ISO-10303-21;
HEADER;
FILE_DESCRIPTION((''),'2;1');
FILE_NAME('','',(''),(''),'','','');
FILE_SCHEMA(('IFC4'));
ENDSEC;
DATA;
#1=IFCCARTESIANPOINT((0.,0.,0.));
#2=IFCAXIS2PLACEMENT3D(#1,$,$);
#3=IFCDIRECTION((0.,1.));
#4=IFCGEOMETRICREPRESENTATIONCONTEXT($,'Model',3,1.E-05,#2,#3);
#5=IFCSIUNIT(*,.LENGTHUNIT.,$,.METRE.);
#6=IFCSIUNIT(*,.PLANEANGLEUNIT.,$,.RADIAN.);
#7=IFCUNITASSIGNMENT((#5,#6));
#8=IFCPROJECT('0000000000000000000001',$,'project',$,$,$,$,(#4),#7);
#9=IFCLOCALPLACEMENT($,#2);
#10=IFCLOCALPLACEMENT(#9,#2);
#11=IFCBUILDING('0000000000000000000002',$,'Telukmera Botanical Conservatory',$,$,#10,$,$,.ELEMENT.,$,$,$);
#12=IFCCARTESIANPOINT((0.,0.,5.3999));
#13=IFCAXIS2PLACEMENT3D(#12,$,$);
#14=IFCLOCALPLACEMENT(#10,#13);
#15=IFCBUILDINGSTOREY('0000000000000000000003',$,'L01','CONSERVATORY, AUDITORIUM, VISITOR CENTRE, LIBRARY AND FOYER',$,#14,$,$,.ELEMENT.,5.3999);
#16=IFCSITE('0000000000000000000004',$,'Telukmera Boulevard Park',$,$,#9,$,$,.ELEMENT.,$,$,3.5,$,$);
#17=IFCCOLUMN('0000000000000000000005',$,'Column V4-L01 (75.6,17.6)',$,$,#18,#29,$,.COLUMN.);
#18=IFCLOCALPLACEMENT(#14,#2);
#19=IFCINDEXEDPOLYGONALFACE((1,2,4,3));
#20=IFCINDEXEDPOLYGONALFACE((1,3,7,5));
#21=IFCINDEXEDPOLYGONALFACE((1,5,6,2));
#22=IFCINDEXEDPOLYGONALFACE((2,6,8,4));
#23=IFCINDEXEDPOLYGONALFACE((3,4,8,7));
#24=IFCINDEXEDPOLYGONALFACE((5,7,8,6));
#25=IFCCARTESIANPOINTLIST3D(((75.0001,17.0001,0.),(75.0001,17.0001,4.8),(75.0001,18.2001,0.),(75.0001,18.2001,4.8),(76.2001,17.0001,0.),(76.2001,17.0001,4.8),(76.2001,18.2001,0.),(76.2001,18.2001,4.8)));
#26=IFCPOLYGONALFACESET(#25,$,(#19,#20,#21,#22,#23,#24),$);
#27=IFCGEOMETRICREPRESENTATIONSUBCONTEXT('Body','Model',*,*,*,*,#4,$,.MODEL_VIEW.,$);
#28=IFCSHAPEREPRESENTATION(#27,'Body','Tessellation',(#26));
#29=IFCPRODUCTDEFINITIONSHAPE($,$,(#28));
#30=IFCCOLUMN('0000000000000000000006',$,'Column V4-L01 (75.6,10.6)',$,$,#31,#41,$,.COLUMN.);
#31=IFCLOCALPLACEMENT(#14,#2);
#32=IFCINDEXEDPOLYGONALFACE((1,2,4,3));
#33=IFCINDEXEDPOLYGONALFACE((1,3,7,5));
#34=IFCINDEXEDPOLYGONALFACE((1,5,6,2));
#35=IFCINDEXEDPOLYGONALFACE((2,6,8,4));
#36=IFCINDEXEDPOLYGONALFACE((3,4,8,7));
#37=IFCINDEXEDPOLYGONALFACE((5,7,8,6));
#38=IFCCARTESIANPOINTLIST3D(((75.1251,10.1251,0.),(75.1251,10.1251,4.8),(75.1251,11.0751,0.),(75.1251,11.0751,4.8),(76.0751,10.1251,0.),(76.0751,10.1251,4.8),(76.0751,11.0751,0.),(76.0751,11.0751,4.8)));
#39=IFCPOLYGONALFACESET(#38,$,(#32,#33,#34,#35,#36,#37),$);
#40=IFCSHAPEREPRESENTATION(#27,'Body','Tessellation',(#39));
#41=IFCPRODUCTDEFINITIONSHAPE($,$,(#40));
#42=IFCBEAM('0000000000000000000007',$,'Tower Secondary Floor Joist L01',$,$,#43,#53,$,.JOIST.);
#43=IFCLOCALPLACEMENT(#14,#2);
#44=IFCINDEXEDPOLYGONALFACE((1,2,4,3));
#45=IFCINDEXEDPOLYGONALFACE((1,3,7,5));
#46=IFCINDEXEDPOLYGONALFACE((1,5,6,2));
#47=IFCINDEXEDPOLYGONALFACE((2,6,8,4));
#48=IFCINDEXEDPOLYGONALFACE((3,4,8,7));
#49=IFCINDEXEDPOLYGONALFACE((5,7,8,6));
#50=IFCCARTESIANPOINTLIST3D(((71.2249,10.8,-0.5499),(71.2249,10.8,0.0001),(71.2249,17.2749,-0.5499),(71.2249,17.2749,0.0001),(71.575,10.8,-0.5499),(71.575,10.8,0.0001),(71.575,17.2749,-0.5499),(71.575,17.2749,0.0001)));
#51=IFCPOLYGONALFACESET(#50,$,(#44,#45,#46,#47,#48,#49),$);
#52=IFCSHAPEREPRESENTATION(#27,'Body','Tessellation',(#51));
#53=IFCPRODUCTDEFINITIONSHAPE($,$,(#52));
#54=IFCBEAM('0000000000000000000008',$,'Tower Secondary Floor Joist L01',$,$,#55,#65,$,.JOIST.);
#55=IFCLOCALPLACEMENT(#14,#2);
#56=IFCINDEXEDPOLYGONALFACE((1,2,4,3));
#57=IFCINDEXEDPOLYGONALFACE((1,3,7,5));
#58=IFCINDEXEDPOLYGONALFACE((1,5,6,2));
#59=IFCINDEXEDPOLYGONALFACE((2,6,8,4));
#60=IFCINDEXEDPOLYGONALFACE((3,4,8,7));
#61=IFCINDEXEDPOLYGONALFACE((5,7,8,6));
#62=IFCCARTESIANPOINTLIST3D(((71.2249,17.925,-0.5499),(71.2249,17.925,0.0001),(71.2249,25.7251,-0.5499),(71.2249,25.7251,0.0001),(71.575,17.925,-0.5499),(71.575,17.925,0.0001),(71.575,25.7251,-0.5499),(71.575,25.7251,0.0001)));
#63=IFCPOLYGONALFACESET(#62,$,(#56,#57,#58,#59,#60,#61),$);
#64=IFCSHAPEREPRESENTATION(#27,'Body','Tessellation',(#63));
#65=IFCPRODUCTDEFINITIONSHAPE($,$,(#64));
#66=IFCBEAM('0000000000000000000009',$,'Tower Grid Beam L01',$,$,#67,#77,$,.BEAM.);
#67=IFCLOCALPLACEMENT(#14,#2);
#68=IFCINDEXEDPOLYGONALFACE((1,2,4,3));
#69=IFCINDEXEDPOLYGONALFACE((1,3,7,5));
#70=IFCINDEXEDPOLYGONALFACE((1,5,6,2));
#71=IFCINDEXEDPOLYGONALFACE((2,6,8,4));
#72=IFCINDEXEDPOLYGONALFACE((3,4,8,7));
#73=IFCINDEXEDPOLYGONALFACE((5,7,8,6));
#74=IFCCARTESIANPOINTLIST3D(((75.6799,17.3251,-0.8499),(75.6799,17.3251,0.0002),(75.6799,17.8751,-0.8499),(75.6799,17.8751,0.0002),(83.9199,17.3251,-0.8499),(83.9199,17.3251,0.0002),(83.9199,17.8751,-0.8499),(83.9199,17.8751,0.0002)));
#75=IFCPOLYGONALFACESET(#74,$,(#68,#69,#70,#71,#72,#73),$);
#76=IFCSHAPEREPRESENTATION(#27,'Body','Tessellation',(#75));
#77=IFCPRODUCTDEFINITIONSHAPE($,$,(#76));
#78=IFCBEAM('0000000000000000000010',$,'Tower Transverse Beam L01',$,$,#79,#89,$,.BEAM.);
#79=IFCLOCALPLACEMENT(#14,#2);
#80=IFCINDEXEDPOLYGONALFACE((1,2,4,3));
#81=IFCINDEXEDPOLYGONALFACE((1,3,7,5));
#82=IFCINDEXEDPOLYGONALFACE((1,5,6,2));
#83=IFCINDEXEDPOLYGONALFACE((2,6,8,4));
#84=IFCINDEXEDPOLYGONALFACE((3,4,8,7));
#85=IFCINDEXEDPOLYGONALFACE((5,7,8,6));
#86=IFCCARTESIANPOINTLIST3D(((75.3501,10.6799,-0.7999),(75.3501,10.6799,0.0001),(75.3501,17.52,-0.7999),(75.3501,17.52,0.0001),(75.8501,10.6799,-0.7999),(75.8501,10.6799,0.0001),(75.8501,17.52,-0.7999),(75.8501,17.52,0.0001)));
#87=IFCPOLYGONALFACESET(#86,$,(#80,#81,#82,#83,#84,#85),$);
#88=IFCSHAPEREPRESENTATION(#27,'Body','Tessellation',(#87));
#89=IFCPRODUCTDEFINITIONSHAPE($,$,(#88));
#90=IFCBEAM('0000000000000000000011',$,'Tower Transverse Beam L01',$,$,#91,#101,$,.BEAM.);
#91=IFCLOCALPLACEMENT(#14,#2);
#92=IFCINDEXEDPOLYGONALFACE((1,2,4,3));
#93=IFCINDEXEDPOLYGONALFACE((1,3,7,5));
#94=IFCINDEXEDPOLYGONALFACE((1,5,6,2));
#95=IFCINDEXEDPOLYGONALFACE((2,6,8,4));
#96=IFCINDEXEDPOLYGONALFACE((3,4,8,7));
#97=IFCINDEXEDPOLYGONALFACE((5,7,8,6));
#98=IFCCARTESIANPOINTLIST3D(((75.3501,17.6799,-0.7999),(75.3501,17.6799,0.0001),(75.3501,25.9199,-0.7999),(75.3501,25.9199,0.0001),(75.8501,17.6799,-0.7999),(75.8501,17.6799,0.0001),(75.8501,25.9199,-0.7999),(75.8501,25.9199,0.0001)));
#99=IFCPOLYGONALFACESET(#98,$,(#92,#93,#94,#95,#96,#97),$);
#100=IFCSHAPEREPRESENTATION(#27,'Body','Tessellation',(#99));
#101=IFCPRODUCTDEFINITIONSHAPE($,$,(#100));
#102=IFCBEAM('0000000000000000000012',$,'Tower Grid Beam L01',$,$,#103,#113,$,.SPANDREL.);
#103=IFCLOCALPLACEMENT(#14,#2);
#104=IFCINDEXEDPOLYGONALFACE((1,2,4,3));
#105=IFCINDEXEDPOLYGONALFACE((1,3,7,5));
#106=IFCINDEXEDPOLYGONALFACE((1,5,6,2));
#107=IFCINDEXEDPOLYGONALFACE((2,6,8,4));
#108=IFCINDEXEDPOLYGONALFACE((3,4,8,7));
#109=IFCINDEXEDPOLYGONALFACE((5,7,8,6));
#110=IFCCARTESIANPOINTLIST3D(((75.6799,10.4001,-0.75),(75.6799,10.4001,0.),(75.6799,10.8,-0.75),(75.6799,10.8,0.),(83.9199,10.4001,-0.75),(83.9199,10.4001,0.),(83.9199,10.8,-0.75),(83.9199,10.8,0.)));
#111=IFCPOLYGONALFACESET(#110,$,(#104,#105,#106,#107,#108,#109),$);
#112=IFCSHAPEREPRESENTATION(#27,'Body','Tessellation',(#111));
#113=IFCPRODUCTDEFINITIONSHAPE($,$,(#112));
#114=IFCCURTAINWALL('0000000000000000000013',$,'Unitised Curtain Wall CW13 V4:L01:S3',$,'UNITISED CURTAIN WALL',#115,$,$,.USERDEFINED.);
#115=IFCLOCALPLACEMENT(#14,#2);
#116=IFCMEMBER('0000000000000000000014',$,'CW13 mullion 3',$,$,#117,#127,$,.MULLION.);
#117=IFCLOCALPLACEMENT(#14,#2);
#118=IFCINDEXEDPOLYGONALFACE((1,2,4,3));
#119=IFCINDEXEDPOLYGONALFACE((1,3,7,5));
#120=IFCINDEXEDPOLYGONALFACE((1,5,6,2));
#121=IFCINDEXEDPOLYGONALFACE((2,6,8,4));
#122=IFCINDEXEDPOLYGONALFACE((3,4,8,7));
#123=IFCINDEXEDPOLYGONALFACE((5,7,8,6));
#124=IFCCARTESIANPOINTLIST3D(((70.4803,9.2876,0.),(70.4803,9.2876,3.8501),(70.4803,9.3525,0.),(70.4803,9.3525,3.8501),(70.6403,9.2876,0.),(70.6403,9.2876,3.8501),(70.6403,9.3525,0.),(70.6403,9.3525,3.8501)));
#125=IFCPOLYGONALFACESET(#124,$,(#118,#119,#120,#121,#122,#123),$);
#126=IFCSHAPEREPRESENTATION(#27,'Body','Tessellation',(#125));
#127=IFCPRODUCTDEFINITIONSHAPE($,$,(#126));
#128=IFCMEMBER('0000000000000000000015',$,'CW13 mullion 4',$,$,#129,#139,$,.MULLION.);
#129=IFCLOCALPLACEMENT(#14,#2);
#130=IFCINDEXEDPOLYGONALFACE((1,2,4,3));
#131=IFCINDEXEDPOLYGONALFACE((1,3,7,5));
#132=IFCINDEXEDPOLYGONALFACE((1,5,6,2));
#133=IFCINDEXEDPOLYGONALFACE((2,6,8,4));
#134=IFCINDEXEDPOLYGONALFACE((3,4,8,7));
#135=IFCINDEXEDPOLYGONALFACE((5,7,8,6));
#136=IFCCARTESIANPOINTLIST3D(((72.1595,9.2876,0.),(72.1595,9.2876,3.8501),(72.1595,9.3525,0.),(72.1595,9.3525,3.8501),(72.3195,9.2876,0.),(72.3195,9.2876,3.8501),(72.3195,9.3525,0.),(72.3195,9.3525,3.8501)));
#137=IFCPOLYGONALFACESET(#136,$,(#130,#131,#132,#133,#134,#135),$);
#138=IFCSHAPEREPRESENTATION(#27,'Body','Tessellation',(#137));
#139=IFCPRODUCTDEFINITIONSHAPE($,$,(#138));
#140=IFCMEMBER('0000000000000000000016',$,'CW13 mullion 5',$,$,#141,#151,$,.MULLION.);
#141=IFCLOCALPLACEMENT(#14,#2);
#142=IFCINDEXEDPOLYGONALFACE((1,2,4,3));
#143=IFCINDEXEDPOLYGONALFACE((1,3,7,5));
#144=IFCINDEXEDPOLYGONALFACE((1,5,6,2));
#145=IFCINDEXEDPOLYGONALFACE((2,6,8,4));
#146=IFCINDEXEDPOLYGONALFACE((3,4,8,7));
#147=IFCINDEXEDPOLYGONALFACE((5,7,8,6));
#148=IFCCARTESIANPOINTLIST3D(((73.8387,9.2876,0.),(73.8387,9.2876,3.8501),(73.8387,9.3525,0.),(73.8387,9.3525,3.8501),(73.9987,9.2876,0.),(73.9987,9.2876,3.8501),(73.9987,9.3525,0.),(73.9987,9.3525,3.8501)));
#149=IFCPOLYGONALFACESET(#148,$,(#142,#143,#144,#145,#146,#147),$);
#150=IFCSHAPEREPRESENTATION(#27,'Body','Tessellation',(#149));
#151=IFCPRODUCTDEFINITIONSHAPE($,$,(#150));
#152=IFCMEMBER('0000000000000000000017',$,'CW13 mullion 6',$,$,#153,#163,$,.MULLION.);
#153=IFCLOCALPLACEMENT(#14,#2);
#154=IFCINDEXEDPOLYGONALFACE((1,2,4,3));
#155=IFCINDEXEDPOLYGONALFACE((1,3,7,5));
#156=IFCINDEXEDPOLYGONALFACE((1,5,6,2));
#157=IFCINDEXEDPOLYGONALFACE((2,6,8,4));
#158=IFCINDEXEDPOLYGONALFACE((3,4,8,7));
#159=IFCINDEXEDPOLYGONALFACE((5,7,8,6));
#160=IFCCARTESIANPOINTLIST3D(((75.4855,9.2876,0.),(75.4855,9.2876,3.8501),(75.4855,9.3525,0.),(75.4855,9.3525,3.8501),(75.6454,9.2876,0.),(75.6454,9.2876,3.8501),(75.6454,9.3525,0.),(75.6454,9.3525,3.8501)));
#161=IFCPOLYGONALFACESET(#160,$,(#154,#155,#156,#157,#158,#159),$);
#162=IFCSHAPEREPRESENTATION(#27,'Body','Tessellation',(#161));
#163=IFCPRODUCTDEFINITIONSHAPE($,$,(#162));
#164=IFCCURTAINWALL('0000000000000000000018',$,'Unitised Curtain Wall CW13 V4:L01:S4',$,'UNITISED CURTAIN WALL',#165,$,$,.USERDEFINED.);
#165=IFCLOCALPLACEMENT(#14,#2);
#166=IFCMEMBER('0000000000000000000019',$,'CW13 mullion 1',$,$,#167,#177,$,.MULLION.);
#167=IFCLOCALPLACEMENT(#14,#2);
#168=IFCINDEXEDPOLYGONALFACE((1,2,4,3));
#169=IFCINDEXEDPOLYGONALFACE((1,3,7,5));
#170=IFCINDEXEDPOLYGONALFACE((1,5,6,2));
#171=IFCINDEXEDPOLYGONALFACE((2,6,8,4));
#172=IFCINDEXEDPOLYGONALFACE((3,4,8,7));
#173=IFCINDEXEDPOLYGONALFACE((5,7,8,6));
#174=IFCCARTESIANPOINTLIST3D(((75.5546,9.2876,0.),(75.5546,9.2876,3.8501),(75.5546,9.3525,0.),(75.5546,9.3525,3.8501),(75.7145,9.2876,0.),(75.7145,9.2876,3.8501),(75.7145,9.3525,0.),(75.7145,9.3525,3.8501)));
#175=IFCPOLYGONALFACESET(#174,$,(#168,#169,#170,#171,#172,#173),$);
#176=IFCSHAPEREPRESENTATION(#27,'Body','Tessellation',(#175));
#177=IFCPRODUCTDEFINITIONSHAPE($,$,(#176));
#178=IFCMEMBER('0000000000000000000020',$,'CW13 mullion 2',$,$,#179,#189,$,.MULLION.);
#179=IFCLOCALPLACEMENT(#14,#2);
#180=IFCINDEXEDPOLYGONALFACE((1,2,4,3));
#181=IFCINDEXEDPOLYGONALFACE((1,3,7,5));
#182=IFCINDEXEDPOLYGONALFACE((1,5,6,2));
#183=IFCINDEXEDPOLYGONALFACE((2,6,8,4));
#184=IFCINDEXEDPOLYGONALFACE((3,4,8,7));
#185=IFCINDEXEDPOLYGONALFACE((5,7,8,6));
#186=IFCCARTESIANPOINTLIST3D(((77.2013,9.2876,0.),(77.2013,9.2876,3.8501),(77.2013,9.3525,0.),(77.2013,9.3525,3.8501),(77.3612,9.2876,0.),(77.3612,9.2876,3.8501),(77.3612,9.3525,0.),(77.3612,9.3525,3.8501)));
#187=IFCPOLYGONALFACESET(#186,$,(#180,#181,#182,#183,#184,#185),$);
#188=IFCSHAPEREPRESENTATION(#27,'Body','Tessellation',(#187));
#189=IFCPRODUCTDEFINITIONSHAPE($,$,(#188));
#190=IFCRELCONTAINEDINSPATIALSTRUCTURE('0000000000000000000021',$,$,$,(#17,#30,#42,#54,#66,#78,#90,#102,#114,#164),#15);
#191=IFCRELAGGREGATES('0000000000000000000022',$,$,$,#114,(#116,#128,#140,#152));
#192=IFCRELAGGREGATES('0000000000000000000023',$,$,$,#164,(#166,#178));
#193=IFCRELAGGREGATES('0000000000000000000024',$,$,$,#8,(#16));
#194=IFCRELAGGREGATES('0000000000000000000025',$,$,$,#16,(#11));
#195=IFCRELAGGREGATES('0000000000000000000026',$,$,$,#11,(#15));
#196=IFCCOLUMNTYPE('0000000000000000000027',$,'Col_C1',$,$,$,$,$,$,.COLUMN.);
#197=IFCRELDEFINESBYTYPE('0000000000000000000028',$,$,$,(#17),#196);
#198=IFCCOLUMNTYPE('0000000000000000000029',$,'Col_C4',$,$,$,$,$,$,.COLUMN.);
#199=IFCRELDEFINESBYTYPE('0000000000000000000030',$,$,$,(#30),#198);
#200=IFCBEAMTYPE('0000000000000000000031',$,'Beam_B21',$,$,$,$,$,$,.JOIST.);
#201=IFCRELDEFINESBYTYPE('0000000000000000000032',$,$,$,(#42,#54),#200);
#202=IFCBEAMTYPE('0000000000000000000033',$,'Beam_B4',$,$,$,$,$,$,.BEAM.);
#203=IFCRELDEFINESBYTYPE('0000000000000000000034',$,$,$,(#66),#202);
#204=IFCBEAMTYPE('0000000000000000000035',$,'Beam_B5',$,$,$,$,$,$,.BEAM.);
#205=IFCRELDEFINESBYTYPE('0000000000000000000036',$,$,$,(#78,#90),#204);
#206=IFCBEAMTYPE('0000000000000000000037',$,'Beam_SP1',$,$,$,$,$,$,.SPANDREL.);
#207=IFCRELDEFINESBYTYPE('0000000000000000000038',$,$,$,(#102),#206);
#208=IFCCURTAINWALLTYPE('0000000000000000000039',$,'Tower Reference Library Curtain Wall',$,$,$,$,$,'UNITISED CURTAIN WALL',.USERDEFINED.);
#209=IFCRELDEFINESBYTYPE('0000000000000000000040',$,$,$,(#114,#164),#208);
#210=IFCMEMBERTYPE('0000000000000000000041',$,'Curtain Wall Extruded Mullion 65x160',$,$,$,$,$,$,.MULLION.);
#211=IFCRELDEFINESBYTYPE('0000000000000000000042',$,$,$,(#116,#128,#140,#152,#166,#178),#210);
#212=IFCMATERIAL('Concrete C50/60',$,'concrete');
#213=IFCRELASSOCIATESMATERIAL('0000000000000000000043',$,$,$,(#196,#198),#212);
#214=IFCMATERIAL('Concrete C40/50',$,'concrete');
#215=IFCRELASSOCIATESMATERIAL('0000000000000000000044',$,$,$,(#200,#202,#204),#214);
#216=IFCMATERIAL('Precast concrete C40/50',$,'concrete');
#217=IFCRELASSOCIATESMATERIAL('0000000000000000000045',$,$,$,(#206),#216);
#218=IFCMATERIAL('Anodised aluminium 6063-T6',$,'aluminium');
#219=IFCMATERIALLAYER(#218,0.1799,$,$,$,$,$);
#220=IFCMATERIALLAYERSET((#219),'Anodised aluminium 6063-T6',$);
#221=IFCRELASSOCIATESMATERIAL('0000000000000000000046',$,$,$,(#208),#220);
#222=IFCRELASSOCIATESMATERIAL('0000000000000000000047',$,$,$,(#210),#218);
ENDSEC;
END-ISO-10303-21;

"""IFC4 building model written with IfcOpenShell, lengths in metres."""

from ifc_helpers import new_model, si_unit, direction, frame, origin, origin_2d, place, context, subcontext, project, spatial, rectangle, extrude, material, layer, layer_set, material_profile, profile_set, type_object, element, aggregate, save


model = new_model("IFC4")

# Units and contexts
model_context = context("Model", 3, precision=1e-05, world=origin(), true_north=direction((0.0, 1.0)))
body_context = subcontext(model_context, "Body", "Model", "MODEL_VIEW")
ifc_project = project(units=[si_unit("LENGTHUNIT", "METRE"), si_unit("PLANEANGLEUNIT", "RADIAN")], contexts=[model_context])

# Site, building, storey
site_placement = place(None, origin())
site = spatial("IfcSite", under=ifc_project, at=site_placement, Name="Telukmera Boulevard Park", CompositionType="ELEMENT", RefElevation=3.5)
building_placement = place(site_placement, origin())
building = spatial("IfcBuilding", under=site, at=building_placement, Name="Telukmera Botanical Conservatory", CompositionType="ELEMENT")
storey_placement = place(building_placement, frame((0.0, 0.0, 5.3999)))
storey = spatial("IfcBuildingStorey", under=building, at=storey_placement, Name="L01", Description="CONSERVATORY, AUDITORIUM, VISITOR CENTRE, LIBRARY AND FOYER", CompositionType="ELEMENT", Elevation=5.3999)

# Columns
ifc_material_1 = material(Name="Concrete C50/60", Category="concrete")
ifc_material_profile_1 = material_profile(ifc_material_1, rectangle(XDim=1.2, YDim=1.2, at=origin_2d()), Name="RC 1200x1200")
ifc_profile_set_1 = profile_set([ifc_material_profile_1], Name="Concrete C50/60")
column_type_1 = type_object("IfcColumnType", Name="Col_C1", PredefinedType="COLUMN", material=ifc_profile_set_1)
column_1_placement = place(storey_placement, frame((75.6001, 17.6001, 0.0), z_axis=(0.0, 0.0, 1.0), x_axis=(1.0, 0.0, 0.0)))
element("IfcColumn", 1, at=column_1_placement, inside=storey, type_object=column_type_1, Name="Column V4-L01 (75.6,17.6)", PredefinedType="COLUMN", context=body_context, shape_type="SweptSolid", body=[
    extrude(rectangle(XDim=1.2, YDim=1.2, at=origin_2d()), origin(), (0.0, 0.0, 1.0), 4.8),
])
ifc_material_profile_2 = material_profile(ifc_material_1, rectangle(XDim=0.95, YDim=0.95, at=origin_2d()), Name="RC 950x950")
ifc_profile_set_2 = profile_set([ifc_material_profile_2], Name="Concrete C50/60")
column_type_2 = type_object("IfcColumnType", Name="Col_C4", PredefinedType="COLUMN", material=ifc_profile_set_2)
column_2_placement = place(storey_placement, frame((75.6001, 10.6001, 0.0), z_axis=(0.0, 0.0, 1.0), x_axis=(1.0, 0.0, 0.0)))
element("IfcColumn", 2, at=column_2_placement, inside=storey, type_object=column_type_2, Name="Column V4-L01 (75.6,10.6)", PredefinedType="COLUMN", context=body_context, shape_type="SweptSolid", body=[
    extrude(rectangle(XDim=0.95, YDim=0.95, at=origin_2d()), origin(), (0.0, 0.0, 1.0), 4.8),
])

# Beams
ifc_material_2 = material(Name="Concrete C40/50", Category="concrete")
ifc_material_profile_3 = material_profile(ifc_material_2, rectangle(XDim=0.3501, YDim=0.55, at=origin_2d()), Name="RC 350x550")
ifc_profile_set_3 = profile_set([ifc_material_profile_3], Name="Concrete C40/50")
beam_type_1 = type_object("IfcBeamType", Name="Beam_B21", PredefinedType="JOIST", material=ifc_profile_set_3)
beam_1_placement = place(storey_placement, frame((71.3999, 10.8, -0.2749), z_axis=(0.0, 1.0, 0.0), x_axis=(-1.0, 0.0, 0.0)))
element("IfcBeam", 3, at=beam_1_placement, inside=storey, type_object=beam_type_1, Name="Tower Secondary Floor Joist L01", PredefinedType="JOIST", context=body_context, shape_type="SweptSolid", body=[
    extrude(rectangle(XDim=0.3501, YDim=0.55, at=origin_2d()), origin(), (0.0, 0.0, 1.0), 6.4749),
])
beam_2_placement = place(storey_placement, frame((71.3999, 17.925, -0.2749), z_axis=(0.0, 1.0, 0.0), x_axis=(-1.0, 0.0, 0.0)))
element("IfcBeam", 4, at=beam_2_placement, inside=storey, type_object=beam_type_1, Name="Tower Secondary Floor Joist L01", PredefinedType="JOIST", context=body_context, shape_type="SweptSolid", body=[
    extrude(rectangle(XDim=0.3501, YDim=0.55, at=origin_2d()), origin(), (0.0, 0.0, 1.0), 7.8),
])
ifc_material_profile_4 = material_profile(ifc_material_2, rectangle(XDim=0.55, YDim=0.8501, at=origin_2d()), Name="RC 550x850")
ifc_profile_set_4 = profile_set([ifc_material_profile_4], Name="Concrete C40/50")
beam_type_2 = type_object("IfcBeamType", Name="Beam_B4", PredefinedType="BEAM", material=ifc_profile_set_4)
beam_3_placement = place(storey_placement, frame((75.6799, 17.6001, -0.4248), z_axis=(1.0, 0.0, 0.0), x_axis=(0.0, 1.0, 0.0)))
element("IfcBeam", 5, at=beam_3_placement, inside=storey, type_object=beam_type_2, Name="Tower Grid Beam L01", PredefinedType="BEAM", context=body_context, shape_type="SweptSolid", body=[
    extrude(rectangle(XDim=0.55, YDim=0.8501, at=origin_2d()), origin(), (0.0, 0.0, 1.0), 8.24),
])
ifc_material_profile_5 = material_profile(ifc_material_2, rectangle(XDim=0.5, YDim=0.8, at=origin_2d()), Name="RC 500x800")
ifc_profile_set_5 = profile_set([ifc_material_profile_5], Name="Concrete C40/50")
beam_type_3 = type_object("IfcBeamType", Name="Beam_B5", PredefinedType="BEAM", material=ifc_profile_set_5)
beam_4_placement = place(storey_placement, frame((75.6001, 10.6799, -0.3999), z_axis=(0.0, 1.0, 0.0), x_axis=(-1.0, 0.0, 0.0)))
element("IfcBeam", 6, at=beam_4_placement, inside=storey, type_object=beam_type_3, Name="Tower Transverse Beam L01", PredefinedType="BEAM", context=body_context, shape_type="SweptSolid", body=[
    extrude(rectangle(XDim=0.5, YDim=0.8, at=origin_2d()), origin(), (0.0, 0.0, 1.0), 6.8401),
])
beam_5_placement = place(storey_placement, frame((75.6001, 17.6799, -0.3999), z_axis=(0.0, 1.0, 0.0), x_axis=(-1.0, 0.0, 0.0)))
element("IfcBeam", 7, at=beam_5_placement, inside=storey, type_object=beam_type_3, Name="Tower Transverse Beam L01", PredefinedType="BEAM", context=body_context, shape_type="SweptSolid", body=[
    extrude(rectangle(XDim=0.5, YDim=0.8, at=origin_2d()), origin(), (0.0, 0.0, 1.0), 8.24),
])
ifc_material_3 = material(Name="Precast concrete C40/50", Category="concrete")
ifc_material_profile_6 = material_profile(ifc_material_3, rectangle(XDim=0.3999, YDim=0.75, at=origin_2d()), Name="PC 400x750")
ifc_profile_set_6 = profile_set([ifc_material_profile_6], Name="Precast concrete C40/50")
beam_type_4 = type_object("IfcBeamType", Name="Beam_SP1", PredefinedType="SPANDREL", material=ifc_profile_set_6)
beam_6_placement = place(storey_placement, frame((75.6799, 10.6001, -0.375), z_axis=(1.0, 0.0, 0.0), x_axis=(0.0, 1.0, 0.0)))
element("IfcBeam", 8, at=beam_6_placement, inside=storey, type_object=beam_type_4, Name="Tower Grid Beam L01", PredefinedType="SPANDREL", context=body_context, shape_type="SweptSolid", body=[
    extrude(rectangle(XDim=0.3999, YDim=0.75, at=origin_2d()), origin(), (0.0, 0.0, 1.0), 8.24),
])

# Curtain walls, members
ifc_material_4 = material(Name="Anodised aluminium 6063-T6", Category="aluminium")
ifc_layer_1 = layer(ifc_material_4, 0.1799)
ifc_layer_set_1 = layer_set([ifc_layer_1], Name="Anodised aluminium 6063-T6")
curtain_wall_type = type_object("IfcCurtainWallType", Name="Tower Reference Library Curtain Wall", ElementType="UNITISED CURTAIN WALL", PredefinedType="USERDEFINED", material=ifc_layer_set_1)
curtain_wall_1_placement = place(storey_placement, origin())
curtain_wall_1 = element("IfcCurtainWall", 9, at=curtain_wall_1_placement, inside=storey, type_object=curtain_wall_type, Name="Unitised Curtain Wall CW13 V4:L01:S3", ObjectType="UNITISED CURTAIN WALL", PredefinedType="USERDEFINED")
ifc_material_profile_7 = material_profile(ifc_material_4, rectangle(XDim=0.0649, YDim=0.1599, at=origin_2d()), Name="ALU MULL 65x160")
ifc_profile_set_7 = profile_set([ifc_material_profile_7], Name="Anodised aluminium 6063-T6")
member_type_1 = type_object("IfcMemberType", Name="Curtain Wall Extruded Mullion 65x160", PredefinedType="MULLION", material=ifc_profile_set_7)
member_1_placement = place(storey_placement, frame((70.5603, 9.3201, 0.0), z_axis=(0.0, 0.0, 1.0), x_axis=(0.0, 1.0, 0.0)))
member_1 = element("IfcMember", 10, at=member_1_placement, type_object=member_type_1, Name="CW13 mullion 3", PredefinedType="MULLION", context=body_context, shape_type="SweptSolid", body=[
    extrude(rectangle(XDim=0.0649, YDim=0.1599, at=origin_2d()), origin(), (0.0, 0.0, 1.0), 3.8501),
])
member_2_placement = place(storey_placement, frame((72.2395, 9.3201, 0.0), z_axis=(0.0, 0.0, 1.0), x_axis=(0.0, 1.0, 0.0)))
member_2 = element("IfcMember", 11, at=member_2_placement, type_object=member_type_1, Name="CW13 mullion 4", PredefinedType="MULLION", context=body_context, shape_type="SweptSolid", body=[
    extrude(rectangle(XDim=0.0649, YDim=0.1599, at=origin_2d()), origin(), (0.0, 0.0, 1.0), 3.8501),
])
member_3_placement = place(storey_placement, frame((73.9187, 9.3201, 0.0), z_axis=(0.0, 0.0, 1.0), x_axis=(0.0, 1.0, 0.0)))
member_3 = element("IfcMember", 12, at=member_3_placement, type_object=member_type_1, Name="CW13 mullion 5", PredefinedType="MULLION", context=body_context, shape_type="SweptSolid", body=[
    extrude(rectangle(XDim=0.0649, YDim=0.1599, at=origin_2d()), origin(), (0.0, 0.0, 1.0), 3.8501),
])
member_4_placement = place(storey_placement, frame((75.5654, 9.3201, 0.0), z_axis=(0.0, 0.0, 1.0), x_axis=(0.0, 1.0, 0.0)))
member_4 = element("IfcMember", 13, at=member_4_placement, type_object=member_type_1, Name="CW13 mullion 6", PredefinedType="MULLION", context=body_context, shape_type="SweptSolid", body=[
    extrude(rectangle(XDim=0.0649, YDim=0.1599, at=origin_2d()), origin(), (0.0, 0.0, 1.0), 3.8501),
])
curtain_wall_2_placement = place(storey_placement, origin())
curtain_wall_2 = element("IfcCurtainWall", 14, at=curtain_wall_2_placement, inside=storey, type_object=curtain_wall_type, Name="Unitised Curtain Wall CW13 V4:L01:S4", ObjectType="UNITISED CURTAIN WALL", PredefinedType="USERDEFINED")
member_5_placement = place(storey_placement, frame((75.6345, 9.3201, 0.0), z_axis=(0.0, 0.0, 1.0), x_axis=(0.0, 1.0, 0.0)))
member_5 = element("IfcMember", 15, at=member_5_placement, type_object=member_type_1, Name="CW13 mullion 1", PredefinedType="MULLION", context=body_context, shape_type="SweptSolid", body=[
    extrude(rectangle(XDim=0.0649, YDim=0.1599, at=origin_2d()), origin(), (0.0, 0.0, 1.0), 3.8501),
])
member_6_placement = place(storey_placement, frame((77.2812, 9.3201, 0.0), z_axis=(0.0, 0.0, 1.0), x_axis=(0.0, 1.0, 0.0)))
member_6 = element("IfcMember", 16, at=member_6_placement, type_object=member_type_1, Name="CW13 mullion 2", PredefinedType="MULLION", context=body_context, shape_type="SweptSolid", body=[
    extrude(rectangle(XDim=0.0649, YDim=0.1599, at=origin_2d()), origin(), (0.0, 0.0, 1.0), 3.8501),
])

aggregate(curtain_wall_1, [member_1, member_2, member_3, member_4])
aggregate(curtain_wall_2, [member_5, member_6])

save(model, "model.ifc")
